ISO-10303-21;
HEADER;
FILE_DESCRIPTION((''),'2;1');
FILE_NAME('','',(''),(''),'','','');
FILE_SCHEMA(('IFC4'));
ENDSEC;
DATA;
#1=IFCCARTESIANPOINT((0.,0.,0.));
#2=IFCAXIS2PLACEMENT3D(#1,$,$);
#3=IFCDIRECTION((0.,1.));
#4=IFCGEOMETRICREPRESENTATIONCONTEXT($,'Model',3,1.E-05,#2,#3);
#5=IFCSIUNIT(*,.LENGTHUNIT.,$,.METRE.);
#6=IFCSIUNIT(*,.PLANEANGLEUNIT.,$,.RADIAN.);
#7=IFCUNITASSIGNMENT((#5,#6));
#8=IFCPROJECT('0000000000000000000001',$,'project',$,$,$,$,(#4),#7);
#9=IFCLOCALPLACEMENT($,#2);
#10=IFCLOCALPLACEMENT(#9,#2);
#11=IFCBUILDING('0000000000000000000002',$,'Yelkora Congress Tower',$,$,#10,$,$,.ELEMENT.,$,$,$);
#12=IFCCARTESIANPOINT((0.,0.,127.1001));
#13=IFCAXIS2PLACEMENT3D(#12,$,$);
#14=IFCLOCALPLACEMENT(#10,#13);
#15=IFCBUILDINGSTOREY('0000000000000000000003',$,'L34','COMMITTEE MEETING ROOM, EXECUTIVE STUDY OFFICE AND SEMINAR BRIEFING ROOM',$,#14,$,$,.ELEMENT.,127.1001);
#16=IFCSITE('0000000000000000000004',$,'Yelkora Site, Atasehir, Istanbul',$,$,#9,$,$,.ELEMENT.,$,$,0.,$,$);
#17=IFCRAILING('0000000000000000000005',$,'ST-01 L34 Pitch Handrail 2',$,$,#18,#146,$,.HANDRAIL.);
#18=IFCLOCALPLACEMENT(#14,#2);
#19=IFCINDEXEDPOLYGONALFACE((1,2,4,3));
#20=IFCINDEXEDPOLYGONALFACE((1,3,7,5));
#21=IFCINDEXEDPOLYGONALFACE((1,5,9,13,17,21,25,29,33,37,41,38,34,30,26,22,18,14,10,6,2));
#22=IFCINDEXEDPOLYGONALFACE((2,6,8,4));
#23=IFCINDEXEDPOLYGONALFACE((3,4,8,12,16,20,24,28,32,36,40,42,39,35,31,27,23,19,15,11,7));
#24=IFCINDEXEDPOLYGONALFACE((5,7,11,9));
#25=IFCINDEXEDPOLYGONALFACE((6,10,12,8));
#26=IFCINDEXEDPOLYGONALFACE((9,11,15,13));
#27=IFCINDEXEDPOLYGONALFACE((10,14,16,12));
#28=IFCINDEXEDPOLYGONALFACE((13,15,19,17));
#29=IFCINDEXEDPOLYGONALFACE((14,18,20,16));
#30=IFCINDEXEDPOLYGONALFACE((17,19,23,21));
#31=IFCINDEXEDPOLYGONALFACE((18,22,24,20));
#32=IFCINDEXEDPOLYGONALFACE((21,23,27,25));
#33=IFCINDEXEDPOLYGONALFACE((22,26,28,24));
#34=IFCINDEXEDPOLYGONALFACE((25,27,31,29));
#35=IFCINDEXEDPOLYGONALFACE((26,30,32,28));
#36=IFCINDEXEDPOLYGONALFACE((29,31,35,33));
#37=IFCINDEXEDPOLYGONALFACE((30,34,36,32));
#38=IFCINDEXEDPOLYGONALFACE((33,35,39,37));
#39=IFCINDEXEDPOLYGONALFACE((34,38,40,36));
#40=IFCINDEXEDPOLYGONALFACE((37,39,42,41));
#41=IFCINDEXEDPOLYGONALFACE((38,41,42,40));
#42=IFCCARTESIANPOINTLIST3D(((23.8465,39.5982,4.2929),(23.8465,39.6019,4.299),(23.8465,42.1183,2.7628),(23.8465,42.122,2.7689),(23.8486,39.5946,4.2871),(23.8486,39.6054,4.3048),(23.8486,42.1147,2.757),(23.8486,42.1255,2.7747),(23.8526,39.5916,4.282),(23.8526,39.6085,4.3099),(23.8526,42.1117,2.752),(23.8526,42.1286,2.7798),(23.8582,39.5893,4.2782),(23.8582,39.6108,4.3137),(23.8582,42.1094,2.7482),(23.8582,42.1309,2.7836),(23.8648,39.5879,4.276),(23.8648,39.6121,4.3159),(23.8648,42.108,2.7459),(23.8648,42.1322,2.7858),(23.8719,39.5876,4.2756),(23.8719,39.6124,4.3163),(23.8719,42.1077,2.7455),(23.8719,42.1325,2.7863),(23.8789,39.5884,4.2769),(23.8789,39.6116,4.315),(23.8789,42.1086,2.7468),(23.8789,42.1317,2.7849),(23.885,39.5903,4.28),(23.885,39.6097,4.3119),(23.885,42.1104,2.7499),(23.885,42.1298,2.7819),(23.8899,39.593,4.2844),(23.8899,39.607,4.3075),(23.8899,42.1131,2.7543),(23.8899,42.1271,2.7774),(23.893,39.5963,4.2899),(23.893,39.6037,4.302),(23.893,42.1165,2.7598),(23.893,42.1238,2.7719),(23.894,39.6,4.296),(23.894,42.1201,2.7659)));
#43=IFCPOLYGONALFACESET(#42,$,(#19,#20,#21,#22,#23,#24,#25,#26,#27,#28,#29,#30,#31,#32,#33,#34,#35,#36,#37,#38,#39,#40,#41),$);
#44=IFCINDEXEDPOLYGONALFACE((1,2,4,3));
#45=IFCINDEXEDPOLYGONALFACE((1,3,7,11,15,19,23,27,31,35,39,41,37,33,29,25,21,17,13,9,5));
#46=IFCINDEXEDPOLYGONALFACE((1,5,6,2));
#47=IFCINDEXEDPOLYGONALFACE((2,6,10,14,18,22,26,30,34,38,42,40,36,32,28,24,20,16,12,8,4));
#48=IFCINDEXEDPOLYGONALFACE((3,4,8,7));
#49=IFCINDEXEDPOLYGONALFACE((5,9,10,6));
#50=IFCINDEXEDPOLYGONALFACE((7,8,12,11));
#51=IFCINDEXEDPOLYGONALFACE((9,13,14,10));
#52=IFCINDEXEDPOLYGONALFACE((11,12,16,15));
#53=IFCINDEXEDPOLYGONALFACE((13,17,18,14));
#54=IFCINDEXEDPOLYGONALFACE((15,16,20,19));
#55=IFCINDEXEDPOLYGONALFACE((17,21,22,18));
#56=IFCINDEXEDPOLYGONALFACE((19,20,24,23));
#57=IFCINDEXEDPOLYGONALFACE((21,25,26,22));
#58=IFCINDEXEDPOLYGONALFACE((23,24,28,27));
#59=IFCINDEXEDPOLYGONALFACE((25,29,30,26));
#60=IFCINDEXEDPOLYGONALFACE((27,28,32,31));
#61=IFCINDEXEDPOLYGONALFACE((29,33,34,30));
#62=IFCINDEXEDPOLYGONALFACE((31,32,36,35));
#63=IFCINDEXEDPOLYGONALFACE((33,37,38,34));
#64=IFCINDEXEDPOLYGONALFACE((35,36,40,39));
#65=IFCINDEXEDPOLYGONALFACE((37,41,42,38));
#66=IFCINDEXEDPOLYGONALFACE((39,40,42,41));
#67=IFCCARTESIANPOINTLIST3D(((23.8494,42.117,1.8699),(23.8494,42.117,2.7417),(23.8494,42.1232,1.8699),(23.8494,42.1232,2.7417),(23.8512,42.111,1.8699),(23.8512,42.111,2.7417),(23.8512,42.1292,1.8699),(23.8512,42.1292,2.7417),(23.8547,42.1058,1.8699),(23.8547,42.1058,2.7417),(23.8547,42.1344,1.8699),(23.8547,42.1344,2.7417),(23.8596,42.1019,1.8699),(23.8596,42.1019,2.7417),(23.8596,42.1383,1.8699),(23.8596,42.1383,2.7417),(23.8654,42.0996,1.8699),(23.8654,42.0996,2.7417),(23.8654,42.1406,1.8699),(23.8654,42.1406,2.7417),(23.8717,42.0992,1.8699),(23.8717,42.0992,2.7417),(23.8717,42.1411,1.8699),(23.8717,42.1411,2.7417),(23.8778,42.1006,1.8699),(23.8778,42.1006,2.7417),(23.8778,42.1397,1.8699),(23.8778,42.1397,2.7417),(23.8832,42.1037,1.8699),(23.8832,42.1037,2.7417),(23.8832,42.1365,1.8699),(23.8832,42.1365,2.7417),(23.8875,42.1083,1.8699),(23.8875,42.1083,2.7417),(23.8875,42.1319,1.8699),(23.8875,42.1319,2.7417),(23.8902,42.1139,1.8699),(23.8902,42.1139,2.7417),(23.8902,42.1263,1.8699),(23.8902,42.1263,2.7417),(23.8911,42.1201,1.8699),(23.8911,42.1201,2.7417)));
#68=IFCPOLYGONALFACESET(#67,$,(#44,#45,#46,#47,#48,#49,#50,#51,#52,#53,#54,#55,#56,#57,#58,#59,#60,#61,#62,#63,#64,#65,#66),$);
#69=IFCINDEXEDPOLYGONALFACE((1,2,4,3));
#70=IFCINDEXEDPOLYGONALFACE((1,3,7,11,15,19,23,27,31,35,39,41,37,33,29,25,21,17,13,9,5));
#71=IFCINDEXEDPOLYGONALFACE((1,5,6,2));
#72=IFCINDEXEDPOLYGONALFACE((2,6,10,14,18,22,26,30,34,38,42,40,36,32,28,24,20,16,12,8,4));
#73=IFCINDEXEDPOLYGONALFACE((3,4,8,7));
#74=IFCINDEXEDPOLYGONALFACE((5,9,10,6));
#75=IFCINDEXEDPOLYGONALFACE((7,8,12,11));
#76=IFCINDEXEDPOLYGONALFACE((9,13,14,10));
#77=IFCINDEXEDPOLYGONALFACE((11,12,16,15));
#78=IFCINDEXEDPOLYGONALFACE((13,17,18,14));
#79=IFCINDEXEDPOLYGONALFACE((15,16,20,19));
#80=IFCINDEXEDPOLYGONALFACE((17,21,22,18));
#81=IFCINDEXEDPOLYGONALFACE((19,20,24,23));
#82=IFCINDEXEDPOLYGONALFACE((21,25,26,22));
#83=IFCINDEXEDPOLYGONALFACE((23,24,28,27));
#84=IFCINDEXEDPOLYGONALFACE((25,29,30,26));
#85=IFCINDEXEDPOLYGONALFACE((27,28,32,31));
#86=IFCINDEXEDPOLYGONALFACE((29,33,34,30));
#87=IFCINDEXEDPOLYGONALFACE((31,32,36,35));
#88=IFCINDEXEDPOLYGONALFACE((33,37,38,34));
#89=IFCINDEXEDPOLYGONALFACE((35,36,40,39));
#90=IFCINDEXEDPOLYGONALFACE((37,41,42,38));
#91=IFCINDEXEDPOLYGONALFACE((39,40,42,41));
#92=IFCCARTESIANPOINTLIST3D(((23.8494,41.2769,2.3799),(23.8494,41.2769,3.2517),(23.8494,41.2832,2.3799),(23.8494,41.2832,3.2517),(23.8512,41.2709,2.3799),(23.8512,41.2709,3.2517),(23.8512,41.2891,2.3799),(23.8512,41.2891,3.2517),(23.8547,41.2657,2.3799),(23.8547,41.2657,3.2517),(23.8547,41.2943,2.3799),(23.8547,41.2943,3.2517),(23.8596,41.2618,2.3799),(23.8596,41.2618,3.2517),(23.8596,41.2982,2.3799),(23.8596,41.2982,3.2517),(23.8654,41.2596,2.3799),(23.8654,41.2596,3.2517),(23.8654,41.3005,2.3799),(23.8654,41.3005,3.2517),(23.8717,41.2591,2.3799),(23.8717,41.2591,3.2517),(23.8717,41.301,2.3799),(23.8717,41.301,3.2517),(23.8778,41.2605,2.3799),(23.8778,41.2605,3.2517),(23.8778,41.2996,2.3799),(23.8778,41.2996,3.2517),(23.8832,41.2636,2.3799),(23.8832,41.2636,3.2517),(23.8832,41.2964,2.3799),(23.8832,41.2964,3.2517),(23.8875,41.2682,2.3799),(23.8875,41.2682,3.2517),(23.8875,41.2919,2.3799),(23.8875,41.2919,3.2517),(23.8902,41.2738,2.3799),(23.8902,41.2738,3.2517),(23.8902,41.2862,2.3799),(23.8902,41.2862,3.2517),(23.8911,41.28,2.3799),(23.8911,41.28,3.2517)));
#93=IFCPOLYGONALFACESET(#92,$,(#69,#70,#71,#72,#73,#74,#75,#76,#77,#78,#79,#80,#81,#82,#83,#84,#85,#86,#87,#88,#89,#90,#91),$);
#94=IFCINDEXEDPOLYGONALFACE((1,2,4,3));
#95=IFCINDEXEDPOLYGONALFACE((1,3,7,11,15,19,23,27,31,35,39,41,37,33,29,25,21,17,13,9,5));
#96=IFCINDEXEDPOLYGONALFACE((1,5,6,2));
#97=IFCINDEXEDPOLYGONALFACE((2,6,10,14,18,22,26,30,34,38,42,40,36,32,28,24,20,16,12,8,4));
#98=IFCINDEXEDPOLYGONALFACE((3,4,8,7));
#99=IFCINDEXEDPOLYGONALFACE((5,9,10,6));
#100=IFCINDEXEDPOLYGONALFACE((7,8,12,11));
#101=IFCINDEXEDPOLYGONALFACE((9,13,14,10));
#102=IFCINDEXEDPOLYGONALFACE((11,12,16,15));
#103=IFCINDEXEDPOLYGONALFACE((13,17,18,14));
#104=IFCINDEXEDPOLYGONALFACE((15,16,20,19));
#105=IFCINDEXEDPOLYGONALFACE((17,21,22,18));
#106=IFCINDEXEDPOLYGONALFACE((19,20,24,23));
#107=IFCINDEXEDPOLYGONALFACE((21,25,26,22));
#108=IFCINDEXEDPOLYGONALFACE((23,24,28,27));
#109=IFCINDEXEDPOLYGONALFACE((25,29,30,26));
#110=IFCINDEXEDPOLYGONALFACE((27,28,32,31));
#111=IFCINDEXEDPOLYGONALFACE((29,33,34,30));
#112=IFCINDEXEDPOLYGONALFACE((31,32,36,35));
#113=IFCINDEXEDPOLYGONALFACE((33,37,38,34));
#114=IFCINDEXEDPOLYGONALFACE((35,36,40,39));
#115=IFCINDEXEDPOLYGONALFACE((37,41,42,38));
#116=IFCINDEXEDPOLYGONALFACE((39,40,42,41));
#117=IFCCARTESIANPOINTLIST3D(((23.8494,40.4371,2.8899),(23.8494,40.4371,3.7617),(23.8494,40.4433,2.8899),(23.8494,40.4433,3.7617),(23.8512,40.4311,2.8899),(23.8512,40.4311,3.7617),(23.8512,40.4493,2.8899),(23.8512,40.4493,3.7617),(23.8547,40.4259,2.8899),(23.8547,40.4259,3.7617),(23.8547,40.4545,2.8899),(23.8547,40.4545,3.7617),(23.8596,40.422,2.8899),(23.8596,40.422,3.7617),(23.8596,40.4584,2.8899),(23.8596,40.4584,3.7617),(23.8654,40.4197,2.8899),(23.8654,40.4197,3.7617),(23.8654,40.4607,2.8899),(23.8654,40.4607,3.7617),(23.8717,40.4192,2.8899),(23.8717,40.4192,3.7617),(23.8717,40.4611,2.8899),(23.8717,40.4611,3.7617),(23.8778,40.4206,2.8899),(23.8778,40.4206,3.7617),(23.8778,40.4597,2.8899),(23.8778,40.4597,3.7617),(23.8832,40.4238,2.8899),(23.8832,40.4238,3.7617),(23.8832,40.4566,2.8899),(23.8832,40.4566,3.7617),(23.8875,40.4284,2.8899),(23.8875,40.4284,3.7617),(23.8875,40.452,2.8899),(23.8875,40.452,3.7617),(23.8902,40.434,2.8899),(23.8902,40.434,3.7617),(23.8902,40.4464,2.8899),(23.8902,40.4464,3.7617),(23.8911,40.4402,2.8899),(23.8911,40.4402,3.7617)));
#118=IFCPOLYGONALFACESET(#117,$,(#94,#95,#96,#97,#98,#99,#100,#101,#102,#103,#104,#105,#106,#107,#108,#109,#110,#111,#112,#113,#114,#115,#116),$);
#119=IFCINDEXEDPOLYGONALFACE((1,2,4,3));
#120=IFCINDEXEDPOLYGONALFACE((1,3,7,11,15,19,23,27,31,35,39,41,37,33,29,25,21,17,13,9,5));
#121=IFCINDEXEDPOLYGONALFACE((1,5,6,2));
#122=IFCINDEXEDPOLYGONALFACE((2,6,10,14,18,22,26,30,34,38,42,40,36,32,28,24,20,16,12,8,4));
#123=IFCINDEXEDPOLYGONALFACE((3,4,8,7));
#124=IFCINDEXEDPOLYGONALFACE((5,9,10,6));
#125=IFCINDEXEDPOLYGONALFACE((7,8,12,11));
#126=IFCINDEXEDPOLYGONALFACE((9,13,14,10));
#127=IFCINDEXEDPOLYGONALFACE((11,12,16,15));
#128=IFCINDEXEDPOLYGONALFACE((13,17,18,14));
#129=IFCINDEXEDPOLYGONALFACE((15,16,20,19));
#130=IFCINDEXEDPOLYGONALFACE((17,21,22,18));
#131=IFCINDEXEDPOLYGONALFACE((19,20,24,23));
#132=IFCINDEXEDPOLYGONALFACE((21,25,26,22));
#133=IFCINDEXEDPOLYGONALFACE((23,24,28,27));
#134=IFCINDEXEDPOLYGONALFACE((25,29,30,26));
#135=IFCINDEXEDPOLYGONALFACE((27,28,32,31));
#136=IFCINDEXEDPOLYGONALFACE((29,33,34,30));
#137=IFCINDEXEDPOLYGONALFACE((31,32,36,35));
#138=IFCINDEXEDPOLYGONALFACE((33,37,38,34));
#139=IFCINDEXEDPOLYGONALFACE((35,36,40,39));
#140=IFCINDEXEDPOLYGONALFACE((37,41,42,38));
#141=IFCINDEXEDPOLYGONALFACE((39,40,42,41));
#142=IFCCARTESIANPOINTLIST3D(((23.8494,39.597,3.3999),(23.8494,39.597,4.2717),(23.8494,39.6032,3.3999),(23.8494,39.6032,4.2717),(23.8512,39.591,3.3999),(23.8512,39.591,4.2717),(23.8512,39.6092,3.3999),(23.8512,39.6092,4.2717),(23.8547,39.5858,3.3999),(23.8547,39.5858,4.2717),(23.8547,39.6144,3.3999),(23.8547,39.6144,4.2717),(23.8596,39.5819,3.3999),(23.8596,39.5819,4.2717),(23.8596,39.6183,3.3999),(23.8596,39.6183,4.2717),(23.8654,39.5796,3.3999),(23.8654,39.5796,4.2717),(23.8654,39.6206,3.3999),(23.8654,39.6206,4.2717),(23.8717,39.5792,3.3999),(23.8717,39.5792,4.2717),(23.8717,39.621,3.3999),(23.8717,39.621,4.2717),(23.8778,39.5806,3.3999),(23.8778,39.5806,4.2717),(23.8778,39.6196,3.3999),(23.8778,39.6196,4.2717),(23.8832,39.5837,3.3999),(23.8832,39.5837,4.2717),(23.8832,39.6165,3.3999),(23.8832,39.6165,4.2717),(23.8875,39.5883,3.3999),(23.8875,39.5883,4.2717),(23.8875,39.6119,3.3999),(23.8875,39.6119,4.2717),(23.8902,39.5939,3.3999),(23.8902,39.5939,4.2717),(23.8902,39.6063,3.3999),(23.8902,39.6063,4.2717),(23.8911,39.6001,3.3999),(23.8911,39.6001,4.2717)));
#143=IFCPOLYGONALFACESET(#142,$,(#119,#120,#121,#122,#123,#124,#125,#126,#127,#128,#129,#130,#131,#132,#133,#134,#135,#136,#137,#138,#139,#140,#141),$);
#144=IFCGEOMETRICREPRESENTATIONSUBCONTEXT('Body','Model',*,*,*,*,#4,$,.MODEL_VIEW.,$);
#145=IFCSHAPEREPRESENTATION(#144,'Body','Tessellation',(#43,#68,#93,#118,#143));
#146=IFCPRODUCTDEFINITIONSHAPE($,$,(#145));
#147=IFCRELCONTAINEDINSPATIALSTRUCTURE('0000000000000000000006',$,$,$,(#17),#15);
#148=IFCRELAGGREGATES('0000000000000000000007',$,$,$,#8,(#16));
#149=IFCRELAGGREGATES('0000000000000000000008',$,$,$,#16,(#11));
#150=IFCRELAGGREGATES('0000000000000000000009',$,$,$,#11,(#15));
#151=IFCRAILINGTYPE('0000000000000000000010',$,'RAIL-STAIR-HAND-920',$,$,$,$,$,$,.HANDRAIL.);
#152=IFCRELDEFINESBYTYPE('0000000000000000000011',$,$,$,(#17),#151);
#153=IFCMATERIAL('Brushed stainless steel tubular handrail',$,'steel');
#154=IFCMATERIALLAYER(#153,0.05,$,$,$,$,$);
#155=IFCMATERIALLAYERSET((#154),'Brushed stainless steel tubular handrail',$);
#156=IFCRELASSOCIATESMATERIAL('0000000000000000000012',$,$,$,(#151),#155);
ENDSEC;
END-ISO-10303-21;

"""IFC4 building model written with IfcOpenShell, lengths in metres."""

from ifc_helpers import new_model, si_unit, direction, frame, origin, origin_2d, place, context, subcontext, project, spatial, circle, extrude, material, layer, layer_set, type_object, element, save


model = new_model("IFC4")

# Units and contexts
model_context = context("Model", 3, precision=1e-05, world=origin(), true_north=direction((0.0, 1.0)))
body_context = subcontext(model_context, "Body", "Model", "MODEL_VIEW")
ifc_project = project(units=[si_unit("LENGTHUNIT", "METRE"), si_unit("PLANEANGLEUNIT", "RADIAN")], contexts=[model_context])

# Site, building, storey
site_placement = place(None, origin())
site = spatial("IfcSite", under=ifc_project, at=site_placement, Name="Yelkora Site, Atasehir, Istanbul", CompositionType="ELEMENT", RefElevation=0.0)
building_placement = place(site_placement, origin())
building = spatial("IfcBuilding", under=site, at=building_placement, Name="Yelkora Congress Tower", CompositionType="ELEMENT")
storey_placement = place(building_placement, frame((0.0, 0.0, 127.1001)))
storey = spatial("IfcBuildingStorey", under=building, at=storey_placement, Name="L34", Description="COMMITTEE MEETING ROOM, EXECUTIVE STUDY OFFICE AND SEMINAR BRIEFING ROOM", CompositionType="ELEMENT", Elevation=127.1001)

# Railing
ifc_material_1 = material(Name="Brushed stainless steel tubular handrail", Category="steel")
ifc_layer_1 = layer(ifc_material_1, 0.05)
ifc_layer_set_1 = layer_set([ifc_layer_1], Name="Brushed stainless steel tubular handrail")
railing_type_1 = type_object("IfcRailingType", Name="RAIL-STAIR-HAND-920", PredefinedType="HANDRAIL", material=ifc_layer_set_1)
railing_1_placement = place(storey_placement, frame((23.8701, 42.1201, 1.8699)))
element("IfcRailing", 1, at=railing_1_placement, inside=storey, type_object=railing_type_1, Name="ST-01 L34 Pitch Handrail 2", PredefinedType="HANDRAIL", context=body_context, shape_type="SweptSolid", body=[
    extrude(circle(Radius=0.0239, at=origin_2d()), frame((0.0, 0.0, 0.896), z_axis=(0.0, -0.854785, 0.518982), x_axis=(1.0, 0.0, 0.0)), (0.0, 0.0, 1.0), 2.9482),
    extrude(circle(Radius=0.021, at=origin_2d()), origin(), (0.0, 0.0, 1.0), 0.8718),
    extrude(circle(Radius=0.021, at=origin_2d()), frame((0.0, -0.8401, 0.51)), (0.0, 0.0, 1.0), 0.8718),
    extrude(circle(Radius=0.021, at=origin_2d()), frame((0.0, -1.6799, 1.02)), (0.0, 0.0, 1.0), 0.8718),
    extrude(circle(Radius=0.021, at=origin_2d()), frame((0.0, -2.52, 1.53)), (0.0, 0.0, 1.0), 0.8718),
])

save(model, "model.ifc")
